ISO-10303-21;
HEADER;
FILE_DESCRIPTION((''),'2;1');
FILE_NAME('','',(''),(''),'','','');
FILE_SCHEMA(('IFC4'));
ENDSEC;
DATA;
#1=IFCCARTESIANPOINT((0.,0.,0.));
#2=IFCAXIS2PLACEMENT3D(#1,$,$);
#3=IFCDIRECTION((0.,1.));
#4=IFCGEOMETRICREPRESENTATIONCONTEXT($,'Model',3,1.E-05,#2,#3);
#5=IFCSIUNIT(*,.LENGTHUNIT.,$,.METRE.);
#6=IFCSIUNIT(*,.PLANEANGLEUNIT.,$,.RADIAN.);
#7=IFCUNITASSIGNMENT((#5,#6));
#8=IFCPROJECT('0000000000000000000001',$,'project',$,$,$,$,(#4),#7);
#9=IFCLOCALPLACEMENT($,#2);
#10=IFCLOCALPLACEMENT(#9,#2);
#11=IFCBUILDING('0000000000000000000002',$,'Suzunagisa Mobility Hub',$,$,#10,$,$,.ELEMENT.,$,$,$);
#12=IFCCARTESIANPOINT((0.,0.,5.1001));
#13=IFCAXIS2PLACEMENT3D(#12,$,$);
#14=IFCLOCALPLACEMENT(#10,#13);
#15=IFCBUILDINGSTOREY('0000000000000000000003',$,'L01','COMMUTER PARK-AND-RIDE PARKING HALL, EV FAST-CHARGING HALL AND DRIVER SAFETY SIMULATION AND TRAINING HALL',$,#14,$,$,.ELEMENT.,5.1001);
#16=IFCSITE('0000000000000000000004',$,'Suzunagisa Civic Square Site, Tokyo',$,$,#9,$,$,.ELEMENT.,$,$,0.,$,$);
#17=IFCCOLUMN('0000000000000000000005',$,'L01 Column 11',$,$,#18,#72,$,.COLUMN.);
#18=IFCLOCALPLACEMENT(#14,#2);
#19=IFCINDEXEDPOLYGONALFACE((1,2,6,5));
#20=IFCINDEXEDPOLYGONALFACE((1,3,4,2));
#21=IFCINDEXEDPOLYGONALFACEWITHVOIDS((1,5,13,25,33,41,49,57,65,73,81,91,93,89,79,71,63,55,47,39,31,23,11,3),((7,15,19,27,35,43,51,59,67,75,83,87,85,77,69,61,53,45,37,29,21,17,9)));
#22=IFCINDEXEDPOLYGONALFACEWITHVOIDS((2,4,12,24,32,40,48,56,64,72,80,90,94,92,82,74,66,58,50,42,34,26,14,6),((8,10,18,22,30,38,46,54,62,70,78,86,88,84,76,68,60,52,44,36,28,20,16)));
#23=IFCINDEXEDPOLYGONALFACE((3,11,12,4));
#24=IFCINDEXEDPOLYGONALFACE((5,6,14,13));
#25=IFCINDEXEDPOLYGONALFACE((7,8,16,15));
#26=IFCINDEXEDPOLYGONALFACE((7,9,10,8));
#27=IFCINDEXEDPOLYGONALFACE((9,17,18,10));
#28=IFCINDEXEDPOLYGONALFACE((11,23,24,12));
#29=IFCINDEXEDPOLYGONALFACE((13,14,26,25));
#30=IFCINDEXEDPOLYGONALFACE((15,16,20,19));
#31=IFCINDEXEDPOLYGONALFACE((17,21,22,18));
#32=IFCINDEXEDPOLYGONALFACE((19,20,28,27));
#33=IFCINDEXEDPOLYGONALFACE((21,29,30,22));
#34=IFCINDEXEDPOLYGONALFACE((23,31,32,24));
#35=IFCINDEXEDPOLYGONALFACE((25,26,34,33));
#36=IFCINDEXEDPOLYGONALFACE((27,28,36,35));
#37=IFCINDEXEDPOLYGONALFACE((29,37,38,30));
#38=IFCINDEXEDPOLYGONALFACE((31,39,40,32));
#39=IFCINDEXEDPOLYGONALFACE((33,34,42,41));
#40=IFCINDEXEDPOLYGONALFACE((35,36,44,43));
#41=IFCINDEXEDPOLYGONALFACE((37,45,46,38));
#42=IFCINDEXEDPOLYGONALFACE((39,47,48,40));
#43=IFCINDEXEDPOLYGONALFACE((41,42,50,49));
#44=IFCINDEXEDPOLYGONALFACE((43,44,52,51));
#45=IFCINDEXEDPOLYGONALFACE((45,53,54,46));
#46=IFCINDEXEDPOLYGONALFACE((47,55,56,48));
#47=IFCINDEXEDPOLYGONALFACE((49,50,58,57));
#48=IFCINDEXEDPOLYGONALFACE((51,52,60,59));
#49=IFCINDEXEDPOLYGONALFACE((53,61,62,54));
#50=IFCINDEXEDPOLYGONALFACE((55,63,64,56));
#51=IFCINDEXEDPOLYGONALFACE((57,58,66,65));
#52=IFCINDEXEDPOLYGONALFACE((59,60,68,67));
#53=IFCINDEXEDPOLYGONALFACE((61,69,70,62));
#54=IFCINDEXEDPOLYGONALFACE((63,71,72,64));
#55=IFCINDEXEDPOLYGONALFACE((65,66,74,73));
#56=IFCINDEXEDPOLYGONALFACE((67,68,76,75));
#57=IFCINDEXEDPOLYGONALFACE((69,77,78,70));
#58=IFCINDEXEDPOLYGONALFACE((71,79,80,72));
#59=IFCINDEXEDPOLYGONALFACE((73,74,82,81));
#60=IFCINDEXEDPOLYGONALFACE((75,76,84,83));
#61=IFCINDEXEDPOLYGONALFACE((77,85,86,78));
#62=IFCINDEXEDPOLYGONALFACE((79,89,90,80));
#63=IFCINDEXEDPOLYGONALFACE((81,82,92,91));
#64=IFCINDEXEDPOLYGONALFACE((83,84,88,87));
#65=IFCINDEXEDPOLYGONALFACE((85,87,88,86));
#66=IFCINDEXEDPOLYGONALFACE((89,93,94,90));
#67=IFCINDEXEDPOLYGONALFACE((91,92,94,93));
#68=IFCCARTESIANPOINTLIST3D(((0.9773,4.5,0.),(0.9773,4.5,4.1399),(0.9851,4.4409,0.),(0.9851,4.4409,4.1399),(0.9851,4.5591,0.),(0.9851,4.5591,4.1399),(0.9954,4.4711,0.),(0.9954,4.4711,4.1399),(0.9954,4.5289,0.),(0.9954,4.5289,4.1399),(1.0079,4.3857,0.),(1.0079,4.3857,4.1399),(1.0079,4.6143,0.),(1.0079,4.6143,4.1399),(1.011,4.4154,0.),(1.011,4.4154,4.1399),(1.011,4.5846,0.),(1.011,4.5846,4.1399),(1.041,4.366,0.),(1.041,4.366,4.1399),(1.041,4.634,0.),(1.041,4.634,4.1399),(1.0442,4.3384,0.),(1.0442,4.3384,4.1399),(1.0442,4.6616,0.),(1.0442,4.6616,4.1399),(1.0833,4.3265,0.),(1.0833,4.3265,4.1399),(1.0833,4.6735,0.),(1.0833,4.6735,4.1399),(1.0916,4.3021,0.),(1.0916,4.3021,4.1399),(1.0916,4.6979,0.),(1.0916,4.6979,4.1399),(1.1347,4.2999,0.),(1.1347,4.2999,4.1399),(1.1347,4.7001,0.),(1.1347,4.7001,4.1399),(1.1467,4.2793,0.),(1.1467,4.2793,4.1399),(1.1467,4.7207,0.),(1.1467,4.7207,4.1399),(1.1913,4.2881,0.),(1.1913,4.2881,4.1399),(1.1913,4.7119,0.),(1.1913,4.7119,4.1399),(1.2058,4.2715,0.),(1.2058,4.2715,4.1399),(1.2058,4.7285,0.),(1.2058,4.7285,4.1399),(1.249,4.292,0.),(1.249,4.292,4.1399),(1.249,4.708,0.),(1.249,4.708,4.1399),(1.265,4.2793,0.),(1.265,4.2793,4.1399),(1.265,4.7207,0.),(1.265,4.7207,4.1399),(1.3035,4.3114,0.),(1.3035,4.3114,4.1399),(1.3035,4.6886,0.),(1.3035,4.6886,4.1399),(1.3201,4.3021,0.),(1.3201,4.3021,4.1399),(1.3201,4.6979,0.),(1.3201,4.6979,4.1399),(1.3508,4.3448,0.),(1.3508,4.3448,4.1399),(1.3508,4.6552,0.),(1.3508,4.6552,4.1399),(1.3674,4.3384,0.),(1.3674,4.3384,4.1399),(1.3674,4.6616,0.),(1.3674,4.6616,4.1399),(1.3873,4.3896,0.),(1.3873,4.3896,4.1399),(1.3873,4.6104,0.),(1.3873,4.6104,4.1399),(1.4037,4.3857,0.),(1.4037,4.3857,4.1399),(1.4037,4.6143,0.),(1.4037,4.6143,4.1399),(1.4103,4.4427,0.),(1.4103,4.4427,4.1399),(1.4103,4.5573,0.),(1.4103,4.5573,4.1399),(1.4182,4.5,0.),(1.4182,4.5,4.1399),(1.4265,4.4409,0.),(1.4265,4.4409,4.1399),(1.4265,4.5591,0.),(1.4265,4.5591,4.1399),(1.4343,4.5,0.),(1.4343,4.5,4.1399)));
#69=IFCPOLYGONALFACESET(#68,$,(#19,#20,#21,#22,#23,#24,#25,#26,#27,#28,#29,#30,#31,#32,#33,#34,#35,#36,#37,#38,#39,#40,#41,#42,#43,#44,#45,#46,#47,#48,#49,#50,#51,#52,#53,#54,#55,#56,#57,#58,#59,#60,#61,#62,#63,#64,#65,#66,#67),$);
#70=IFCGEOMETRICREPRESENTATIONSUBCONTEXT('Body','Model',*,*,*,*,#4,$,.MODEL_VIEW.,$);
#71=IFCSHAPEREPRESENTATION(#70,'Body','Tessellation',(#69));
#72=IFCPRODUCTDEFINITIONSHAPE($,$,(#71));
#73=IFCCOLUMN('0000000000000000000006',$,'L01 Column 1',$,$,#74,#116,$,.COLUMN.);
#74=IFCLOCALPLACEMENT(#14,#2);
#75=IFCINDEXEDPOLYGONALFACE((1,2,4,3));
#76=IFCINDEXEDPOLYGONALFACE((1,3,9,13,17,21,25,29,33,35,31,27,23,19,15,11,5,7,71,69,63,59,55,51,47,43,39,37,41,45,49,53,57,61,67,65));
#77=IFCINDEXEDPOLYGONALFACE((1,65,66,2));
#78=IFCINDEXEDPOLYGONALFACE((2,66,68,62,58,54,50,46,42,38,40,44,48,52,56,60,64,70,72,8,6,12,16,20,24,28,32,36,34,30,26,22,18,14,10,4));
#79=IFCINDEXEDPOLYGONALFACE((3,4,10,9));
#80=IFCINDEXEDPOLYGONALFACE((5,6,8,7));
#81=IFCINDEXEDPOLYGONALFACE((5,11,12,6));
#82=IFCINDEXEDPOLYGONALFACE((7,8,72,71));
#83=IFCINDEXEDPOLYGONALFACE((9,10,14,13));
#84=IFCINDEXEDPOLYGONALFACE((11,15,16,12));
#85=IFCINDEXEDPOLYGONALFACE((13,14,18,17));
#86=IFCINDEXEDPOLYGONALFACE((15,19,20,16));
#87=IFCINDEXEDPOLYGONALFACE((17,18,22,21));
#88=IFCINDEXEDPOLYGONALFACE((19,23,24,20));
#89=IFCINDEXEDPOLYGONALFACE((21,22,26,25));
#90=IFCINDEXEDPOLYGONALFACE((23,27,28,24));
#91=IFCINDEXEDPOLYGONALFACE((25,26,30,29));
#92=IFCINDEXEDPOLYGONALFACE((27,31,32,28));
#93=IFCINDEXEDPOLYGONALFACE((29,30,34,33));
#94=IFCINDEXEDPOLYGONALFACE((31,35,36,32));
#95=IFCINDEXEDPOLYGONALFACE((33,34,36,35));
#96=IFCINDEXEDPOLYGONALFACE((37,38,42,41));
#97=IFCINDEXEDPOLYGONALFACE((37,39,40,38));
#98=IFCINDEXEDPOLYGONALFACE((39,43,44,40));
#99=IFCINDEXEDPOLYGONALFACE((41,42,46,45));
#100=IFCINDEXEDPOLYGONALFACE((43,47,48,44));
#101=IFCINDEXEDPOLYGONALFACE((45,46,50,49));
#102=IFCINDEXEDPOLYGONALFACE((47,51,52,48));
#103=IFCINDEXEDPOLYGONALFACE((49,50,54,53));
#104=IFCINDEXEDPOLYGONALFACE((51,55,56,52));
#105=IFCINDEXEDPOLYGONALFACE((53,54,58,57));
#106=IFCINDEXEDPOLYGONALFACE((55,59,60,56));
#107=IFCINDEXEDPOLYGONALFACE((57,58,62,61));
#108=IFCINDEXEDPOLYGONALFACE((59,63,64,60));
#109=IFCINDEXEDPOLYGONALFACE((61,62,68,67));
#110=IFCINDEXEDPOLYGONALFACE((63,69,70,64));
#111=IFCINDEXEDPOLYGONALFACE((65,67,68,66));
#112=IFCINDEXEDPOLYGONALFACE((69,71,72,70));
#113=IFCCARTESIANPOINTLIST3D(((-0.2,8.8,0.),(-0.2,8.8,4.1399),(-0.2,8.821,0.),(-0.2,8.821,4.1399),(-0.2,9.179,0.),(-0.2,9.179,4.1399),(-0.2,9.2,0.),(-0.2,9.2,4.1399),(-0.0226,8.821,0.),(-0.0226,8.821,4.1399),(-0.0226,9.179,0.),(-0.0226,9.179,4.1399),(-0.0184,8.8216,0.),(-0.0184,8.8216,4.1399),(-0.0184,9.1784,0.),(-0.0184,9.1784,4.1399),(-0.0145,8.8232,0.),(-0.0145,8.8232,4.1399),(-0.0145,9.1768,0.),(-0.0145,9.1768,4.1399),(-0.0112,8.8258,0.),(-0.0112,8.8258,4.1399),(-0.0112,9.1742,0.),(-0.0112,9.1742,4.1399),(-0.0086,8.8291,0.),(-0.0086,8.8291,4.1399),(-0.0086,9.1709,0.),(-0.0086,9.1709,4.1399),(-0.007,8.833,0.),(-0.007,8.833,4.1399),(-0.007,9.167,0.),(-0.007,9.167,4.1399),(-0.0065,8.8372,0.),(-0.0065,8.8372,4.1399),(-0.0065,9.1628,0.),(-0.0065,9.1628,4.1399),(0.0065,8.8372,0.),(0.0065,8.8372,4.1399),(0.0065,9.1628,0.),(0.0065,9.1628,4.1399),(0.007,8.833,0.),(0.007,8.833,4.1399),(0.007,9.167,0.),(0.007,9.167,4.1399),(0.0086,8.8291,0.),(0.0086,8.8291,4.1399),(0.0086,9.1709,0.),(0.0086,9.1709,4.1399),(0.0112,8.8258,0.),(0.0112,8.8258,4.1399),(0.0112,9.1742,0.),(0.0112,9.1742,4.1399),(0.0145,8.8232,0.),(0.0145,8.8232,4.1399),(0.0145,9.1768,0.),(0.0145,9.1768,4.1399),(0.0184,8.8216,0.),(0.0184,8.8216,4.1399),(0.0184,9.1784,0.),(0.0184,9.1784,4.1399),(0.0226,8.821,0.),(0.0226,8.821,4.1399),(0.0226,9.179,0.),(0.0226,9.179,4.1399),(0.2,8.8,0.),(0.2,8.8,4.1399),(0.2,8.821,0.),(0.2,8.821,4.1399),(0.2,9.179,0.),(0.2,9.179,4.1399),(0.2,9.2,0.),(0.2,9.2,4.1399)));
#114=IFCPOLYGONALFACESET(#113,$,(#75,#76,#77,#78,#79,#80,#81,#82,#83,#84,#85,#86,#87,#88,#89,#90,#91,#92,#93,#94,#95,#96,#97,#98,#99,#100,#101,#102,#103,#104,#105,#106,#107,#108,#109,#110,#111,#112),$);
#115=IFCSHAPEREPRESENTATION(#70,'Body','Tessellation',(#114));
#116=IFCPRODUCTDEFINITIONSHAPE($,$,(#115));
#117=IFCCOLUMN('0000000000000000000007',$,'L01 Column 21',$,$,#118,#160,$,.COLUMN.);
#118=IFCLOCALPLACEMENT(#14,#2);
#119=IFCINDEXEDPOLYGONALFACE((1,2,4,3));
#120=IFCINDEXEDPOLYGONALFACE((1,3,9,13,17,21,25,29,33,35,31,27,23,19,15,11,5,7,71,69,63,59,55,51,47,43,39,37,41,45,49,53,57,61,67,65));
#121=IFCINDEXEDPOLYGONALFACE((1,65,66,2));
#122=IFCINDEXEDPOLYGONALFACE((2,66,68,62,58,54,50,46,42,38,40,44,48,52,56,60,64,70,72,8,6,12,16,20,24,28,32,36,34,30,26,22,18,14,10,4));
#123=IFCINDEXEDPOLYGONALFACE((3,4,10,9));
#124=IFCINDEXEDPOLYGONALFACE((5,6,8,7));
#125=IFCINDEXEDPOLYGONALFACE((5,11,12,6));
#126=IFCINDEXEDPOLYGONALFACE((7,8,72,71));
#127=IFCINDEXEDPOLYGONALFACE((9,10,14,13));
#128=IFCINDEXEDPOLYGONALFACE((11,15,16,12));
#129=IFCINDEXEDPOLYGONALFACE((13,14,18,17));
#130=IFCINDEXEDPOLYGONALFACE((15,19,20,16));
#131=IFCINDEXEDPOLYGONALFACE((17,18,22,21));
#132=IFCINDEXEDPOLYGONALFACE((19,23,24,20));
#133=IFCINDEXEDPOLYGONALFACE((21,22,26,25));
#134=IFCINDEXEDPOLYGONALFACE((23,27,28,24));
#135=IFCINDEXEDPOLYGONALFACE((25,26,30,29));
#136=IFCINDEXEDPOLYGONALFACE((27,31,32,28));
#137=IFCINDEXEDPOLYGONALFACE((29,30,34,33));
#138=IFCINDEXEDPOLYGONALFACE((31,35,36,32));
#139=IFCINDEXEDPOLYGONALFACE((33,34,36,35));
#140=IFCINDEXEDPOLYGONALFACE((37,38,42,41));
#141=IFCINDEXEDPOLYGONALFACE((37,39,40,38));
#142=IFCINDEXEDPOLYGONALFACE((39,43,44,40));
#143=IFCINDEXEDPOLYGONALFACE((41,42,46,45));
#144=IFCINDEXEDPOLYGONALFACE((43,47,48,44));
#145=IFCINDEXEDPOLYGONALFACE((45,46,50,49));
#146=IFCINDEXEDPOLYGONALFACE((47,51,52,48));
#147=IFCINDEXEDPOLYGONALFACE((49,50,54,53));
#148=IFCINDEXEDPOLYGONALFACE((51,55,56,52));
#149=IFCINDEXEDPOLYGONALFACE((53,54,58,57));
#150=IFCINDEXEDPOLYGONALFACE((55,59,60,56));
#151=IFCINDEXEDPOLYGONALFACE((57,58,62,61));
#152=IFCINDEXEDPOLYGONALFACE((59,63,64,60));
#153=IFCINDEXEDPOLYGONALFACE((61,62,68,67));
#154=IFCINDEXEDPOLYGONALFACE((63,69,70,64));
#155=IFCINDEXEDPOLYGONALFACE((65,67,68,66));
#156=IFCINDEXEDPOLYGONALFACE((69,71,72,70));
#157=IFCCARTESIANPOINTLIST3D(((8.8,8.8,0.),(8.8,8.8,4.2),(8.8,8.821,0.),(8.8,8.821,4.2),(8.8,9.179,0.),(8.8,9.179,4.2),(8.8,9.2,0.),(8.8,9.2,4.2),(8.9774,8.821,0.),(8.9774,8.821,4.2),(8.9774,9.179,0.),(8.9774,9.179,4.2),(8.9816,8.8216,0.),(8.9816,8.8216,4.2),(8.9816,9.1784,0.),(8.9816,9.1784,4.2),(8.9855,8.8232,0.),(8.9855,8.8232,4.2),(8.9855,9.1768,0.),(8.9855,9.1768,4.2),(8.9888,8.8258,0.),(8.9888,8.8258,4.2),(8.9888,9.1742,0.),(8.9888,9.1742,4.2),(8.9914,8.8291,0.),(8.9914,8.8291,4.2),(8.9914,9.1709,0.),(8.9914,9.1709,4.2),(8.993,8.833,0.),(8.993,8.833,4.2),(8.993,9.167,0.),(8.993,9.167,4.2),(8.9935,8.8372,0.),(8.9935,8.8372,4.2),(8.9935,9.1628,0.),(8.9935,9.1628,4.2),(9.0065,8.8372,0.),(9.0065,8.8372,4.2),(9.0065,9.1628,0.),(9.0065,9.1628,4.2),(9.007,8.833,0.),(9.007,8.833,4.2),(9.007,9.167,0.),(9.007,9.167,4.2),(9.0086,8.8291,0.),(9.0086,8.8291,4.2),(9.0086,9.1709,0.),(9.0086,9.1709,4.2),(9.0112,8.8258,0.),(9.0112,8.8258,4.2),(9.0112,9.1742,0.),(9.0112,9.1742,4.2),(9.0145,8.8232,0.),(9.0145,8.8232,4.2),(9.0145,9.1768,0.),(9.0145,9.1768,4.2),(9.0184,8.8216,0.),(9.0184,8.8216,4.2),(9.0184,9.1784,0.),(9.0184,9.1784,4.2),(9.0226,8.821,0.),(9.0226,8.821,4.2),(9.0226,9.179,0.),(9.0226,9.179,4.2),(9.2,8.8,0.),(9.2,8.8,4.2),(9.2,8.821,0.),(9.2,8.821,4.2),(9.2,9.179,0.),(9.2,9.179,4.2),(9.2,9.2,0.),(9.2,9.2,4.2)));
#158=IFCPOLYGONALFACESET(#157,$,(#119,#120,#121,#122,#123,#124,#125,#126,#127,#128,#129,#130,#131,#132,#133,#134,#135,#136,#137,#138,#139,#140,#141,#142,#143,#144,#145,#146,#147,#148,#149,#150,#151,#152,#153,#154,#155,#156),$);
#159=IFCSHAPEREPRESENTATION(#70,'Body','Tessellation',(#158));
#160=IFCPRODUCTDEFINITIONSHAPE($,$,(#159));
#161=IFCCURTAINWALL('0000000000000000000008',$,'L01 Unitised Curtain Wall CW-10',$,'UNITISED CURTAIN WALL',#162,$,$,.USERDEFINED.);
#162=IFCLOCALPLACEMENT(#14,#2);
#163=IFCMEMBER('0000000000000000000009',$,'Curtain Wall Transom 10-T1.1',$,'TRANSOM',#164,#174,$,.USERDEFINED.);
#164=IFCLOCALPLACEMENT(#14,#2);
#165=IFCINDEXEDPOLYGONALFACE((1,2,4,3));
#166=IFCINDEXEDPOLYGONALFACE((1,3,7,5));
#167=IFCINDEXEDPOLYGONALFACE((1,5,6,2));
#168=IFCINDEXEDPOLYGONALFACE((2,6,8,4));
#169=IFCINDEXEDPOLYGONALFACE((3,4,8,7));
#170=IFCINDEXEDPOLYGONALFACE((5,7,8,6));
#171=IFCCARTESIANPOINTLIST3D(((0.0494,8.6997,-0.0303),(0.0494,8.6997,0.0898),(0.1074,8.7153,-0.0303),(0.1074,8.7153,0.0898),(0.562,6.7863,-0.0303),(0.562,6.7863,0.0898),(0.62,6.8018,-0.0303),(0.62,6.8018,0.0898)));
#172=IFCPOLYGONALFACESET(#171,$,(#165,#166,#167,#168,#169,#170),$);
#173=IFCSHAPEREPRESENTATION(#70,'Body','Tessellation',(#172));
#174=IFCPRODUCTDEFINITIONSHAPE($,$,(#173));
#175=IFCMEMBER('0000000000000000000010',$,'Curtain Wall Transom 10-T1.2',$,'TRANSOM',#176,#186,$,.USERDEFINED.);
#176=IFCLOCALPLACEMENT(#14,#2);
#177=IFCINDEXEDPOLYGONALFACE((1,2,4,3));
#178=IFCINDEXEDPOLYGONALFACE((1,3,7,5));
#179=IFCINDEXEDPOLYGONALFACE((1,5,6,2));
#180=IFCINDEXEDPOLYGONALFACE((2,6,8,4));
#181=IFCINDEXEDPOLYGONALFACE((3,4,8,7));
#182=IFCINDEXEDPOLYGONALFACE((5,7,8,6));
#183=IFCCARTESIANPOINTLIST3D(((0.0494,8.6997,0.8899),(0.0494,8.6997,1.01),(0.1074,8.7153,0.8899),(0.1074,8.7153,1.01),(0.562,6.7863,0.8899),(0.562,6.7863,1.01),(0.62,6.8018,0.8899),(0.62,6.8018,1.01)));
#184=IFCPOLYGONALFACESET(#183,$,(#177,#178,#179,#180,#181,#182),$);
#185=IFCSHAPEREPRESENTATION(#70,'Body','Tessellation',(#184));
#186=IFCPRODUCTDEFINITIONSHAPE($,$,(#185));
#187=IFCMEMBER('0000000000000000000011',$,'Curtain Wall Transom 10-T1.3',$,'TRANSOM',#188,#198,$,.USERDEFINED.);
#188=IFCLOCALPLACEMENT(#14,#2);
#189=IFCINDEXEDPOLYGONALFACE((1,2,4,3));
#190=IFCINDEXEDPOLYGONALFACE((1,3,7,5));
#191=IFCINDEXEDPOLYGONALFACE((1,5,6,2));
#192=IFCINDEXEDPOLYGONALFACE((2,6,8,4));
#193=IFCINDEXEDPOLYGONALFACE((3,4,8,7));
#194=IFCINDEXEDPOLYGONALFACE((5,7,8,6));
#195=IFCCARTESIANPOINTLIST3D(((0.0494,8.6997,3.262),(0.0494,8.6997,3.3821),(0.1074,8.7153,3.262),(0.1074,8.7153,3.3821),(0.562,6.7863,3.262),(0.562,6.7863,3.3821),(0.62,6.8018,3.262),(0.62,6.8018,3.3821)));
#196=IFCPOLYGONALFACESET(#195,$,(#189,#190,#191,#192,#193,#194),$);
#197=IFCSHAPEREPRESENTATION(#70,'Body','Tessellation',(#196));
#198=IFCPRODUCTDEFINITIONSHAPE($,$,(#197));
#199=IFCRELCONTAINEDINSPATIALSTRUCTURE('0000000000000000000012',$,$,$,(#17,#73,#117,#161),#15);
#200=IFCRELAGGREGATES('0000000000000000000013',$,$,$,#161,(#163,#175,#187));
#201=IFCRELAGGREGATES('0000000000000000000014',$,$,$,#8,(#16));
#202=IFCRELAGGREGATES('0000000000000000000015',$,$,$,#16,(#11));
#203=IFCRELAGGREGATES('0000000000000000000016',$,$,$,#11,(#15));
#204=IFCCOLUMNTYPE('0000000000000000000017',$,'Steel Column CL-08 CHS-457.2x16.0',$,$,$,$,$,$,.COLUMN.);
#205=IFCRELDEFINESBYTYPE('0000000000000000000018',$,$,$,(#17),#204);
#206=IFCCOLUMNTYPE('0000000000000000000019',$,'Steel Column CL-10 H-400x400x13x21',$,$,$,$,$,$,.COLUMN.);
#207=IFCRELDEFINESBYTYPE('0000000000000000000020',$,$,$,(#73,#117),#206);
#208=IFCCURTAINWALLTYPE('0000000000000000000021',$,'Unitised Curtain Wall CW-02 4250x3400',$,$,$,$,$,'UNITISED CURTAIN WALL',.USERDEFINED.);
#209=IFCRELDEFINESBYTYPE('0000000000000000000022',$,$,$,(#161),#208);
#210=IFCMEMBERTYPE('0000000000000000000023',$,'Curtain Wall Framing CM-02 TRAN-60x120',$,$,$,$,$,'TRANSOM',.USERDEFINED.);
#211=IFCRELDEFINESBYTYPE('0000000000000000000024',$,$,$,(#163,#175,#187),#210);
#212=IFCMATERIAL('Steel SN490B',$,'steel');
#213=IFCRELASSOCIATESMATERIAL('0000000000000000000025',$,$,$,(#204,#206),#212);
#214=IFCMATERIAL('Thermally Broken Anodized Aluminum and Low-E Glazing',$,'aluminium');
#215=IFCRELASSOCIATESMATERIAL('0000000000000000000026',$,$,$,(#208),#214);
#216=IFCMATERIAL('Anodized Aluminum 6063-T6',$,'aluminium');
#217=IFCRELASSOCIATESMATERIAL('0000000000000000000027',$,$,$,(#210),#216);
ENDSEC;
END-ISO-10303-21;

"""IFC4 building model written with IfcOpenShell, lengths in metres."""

from ifc_helpers import new_model, si_unit, direction, frame, origin, origin_2d, place, context, subcontext, project, spatial, rectangle, hollow_circle, i_section, extrude, material, material_profile, profile_set, type_object, element, aggregate, save


model = new_model("IFC4")

# Units and contexts
model_context = context("Model", 3, precision=1e-05, world=origin(), true_north=direction((0.0, 1.0)))
body_context = subcontext(model_context, "Body", "Model", "MODEL_VIEW")
ifc_project = project(units=[si_unit("LENGTHUNIT", "METRE"), si_unit("PLANEANGLEUNIT", "RADIAN")], contexts=[model_context])

# Site, building, storey
site_placement = place(None, origin())
site = spatial("IfcSite", under=ifc_project, at=site_placement, Name="Suzunagisa Civic Square Site, Tokyo", CompositionType="ELEMENT", RefElevation=0.0)
building_placement = place(site_placement, origin())
building = spatial("IfcBuilding", under=site, at=building_placement, Name="Suzunagisa Mobility Hub", CompositionType="ELEMENT")
storey_placement = place(building_placement, frame((0.0, 0.0, 5.1001)))
storey = spatial("IfcBuildingStorey", under=building, at=storey_placement, Name="L01", Description="COMMUTER PARK-AND-RIDE PARKING HALL, EV FAST-CHARGING HALL AND DRIVER SAFETY SIMULATION AND TRAINING HALL", CompositionType="ELEMENT", Elevation=5.1001)

# Columns
ifc_material_1 = material(Name="Steel SN490B", Category="steel")
ifc_material_profile_1 = material_profile(ifc_material_1, hollow_circle(Radius=0.2285, WallThickness=0.0161, at=origin_2d()), Name="CHS-457.2x16.0")
ifc_profile_set_1 = profile_set([ifc_material_profile_1], Name="Steel SN490B")
column_type_1 = type_object("IfcColumnType", Name="Steel Column CL-08 CHS-457.2x16.0", PredefinedType="COLUMN", material=ifc_profile_set_1)
column_1_placement = place(storey_placement, frame((1.2058, 4.5, 0.0), z_axis=(0.0, 0.0, 1.0), x_axis=(1.0, 0.0, 0.0)))
element("IfcColumn", 1, at=column_1_placement, inside=storey, type_object=column_type_1, Name="L01 Column 11", PredefinedType="COLUMN", context=body_context, shape_type="SweptSolid", body=[
    extrude(hollow_circle(Radius=0.2285, WallThickness=0.0161, at=origin_2d()), origin(), (0.0, 0.0, 1.0), 4.1399),
])
ifc_material_profile_2 = material_profile(ifc_material_1, i_section(OverallWidth=0.3999, OverallDepth=0.3999, WebThickness=0.0129, FlangeThickness=0.021, FilletRadius=0.0161, at=origin_2d()), Name="H-400x400x13x21")
ifc_profile_set_2 = profile_set([ifc_material_profile_2], Name="Steel SN490B")
column_type_2 = type_object("IfcColumnType", Name="Steel Column CL-10 H-400x400x13x21", PredefinedType="COLUMN", material=ifc_profile_set_2)
column_2_placement = place(storey_placement, frame((0.0, 9.0, 0.0), z_axis=(0.0, 0.0, 1.0), x_axis=(1.0, 0.0, 0.0)))
element("IfcColumn", 2, at=column_2_placement, inside=storey, type_object=column_type_2, Name="L01 Column 1", PredefinedType="COLUMN", context=body_context, shape_type="SweptSolid", body=[
    extrude(i_section(OverallWidth=0.3999, OverallDepth=0.3999, WebThickness=0.0129, FlangeThickness=0.021, FilletRadius=0.0161, at=origin_2d()), origin(), (0.0, 0.0, 1.0), 4.1399),
])
column_3_placement = place(storey_placement, frame((9.0, 9.0, 0.0), z_axis=(0.0, 0.0, 1.0), x_axis=(1.0, 0.0, 0.0)))
element("IfcColumn", 3, at=column_3_placement, inside=storey, type_object=column_type_2, Name="L01 Column 21", PredefinedType="COLUMN", context=body_context, shape_type="SweptSolid", body=[
    extrude(i_section(OverallWidth=0.3999, OverallDepth=0.3999, WebThickness=0.0129, FlangeThickness=0.021, FilletRadius=0.0161, at=origin_2d()), origin(), (0.0, 0.0, 1.0), 4.2),
])

# Curtain wall, members
ifc_material_2 = material(Name="Thermally Broken Anodized Aluminum and Low-E Glazing", Category="aluminium")
curtain_wall_type_1 = type_object("IfcCurtainWallType", Name="Unitised Curtain Wall CW-02 4250x3400", ElementType="UNITISED CURTAIN WALL", PredefinedType="USERDEFINED", material=ifc_material_2)
curtain_wall_1_placement = place(storey_placement, origin())
curtain_wall_1 = element("IfcCurtainWall", 4, at=curtain_wall_1_placement, inside=storey, type_object=curtain_wall_type_1, Name="L01 Unitised Curtain Wall CW-10", ObjectType="UNITISED CURTAIN WALL", PredefinedType="USERDEFINED")
ifc_material_3 = material(Name="Anodized Aluminum 6063-T6", Category="aluminium")
ifc_material_profile_3 = material_profile(ifc_material_3, rectangle(XDim=0.0601, YDim=0.1201, at=origin_2d()), Name="TRAN-60x120")
ifc_profile_set_3 = profile_set([ifc_material_profile_3], Name="Anodized Aluminum 6063-T6")
member_type_1 = type_object("IfcMemberType", Name="Curtain Wall Framing CM-02 TRAN-60x120", ElementType="TRANSOM", PredefinedType="USERDEFINED", material=ifc_profile_set_3)
member_1_placement = place(storey_placement, frame((0.0784, 8.7075, 0.0298), z_axis=(0.258798, -0.965932, 0.0), x_axis=(0.965932, 0.258798, 0.0)))
member_1 = element("IfcMember", 5, at=member_1_placement, type_object=member_type_1, Name="Curtain Wall Transom 10-T1.1", ObjectType="TRANSOM", PredefinedType="USERDEFINED", context=body_context, shape_type="SweptSolid", body=[
    extrude(rectangle(XDim=0.0601, YDim=0.1201, at=origin_2d()), origin(), (0.0, 0.0, 1.0), 1.981),
])
member_2_placement = place(storey_placement, frame((0.0784, 8.7075, 0.95), z_axis=(0.258798, -0.965932, 0.0), x_axis=(0.965932, 0.258798, 0.0)))
member_2 = element("IfcMember", 6, at=member_2_placement, type_object=member_type_1, Name="Curtain Wall Transom 10-T1.2", ObjectType="TRANSOM", PredefinedType="USERDEFINED", context=body_context, shape_type="SweptSolid", body=[
    extrude(rectangle(XDim=0.0601, YDim=0.1201, at=origin_2d()), origin(), (0.0, 0.0, 1.0), 1.981),
])
member_3_placement = place(storey_placement, frame((0.0784, 8.7075, 3.322), z_axis=(0.258798, -0.965932, 0.0), x_axis=(0.965932, 0.258798, 0.0)))
member_3 = element("IfcMember", 7, at=member_3_placement, type_object=member_type_1, Name="Curtain Wall Transom 10-T1.3", ObjectType="TRANSOM", PredefinedType="USERDEFINED", context=body_context, shape_type="SweptSolid", body=[
    extrude(rectangle(XDim=0.0601, YDim=0.1201, at=origin_2d()), origin(), (0.0, 0.0, 1.0), 1.981),
])

aggregate(curtain_wall_1, [member_1, member_2, member_3])

save(model, "model.ifc")
